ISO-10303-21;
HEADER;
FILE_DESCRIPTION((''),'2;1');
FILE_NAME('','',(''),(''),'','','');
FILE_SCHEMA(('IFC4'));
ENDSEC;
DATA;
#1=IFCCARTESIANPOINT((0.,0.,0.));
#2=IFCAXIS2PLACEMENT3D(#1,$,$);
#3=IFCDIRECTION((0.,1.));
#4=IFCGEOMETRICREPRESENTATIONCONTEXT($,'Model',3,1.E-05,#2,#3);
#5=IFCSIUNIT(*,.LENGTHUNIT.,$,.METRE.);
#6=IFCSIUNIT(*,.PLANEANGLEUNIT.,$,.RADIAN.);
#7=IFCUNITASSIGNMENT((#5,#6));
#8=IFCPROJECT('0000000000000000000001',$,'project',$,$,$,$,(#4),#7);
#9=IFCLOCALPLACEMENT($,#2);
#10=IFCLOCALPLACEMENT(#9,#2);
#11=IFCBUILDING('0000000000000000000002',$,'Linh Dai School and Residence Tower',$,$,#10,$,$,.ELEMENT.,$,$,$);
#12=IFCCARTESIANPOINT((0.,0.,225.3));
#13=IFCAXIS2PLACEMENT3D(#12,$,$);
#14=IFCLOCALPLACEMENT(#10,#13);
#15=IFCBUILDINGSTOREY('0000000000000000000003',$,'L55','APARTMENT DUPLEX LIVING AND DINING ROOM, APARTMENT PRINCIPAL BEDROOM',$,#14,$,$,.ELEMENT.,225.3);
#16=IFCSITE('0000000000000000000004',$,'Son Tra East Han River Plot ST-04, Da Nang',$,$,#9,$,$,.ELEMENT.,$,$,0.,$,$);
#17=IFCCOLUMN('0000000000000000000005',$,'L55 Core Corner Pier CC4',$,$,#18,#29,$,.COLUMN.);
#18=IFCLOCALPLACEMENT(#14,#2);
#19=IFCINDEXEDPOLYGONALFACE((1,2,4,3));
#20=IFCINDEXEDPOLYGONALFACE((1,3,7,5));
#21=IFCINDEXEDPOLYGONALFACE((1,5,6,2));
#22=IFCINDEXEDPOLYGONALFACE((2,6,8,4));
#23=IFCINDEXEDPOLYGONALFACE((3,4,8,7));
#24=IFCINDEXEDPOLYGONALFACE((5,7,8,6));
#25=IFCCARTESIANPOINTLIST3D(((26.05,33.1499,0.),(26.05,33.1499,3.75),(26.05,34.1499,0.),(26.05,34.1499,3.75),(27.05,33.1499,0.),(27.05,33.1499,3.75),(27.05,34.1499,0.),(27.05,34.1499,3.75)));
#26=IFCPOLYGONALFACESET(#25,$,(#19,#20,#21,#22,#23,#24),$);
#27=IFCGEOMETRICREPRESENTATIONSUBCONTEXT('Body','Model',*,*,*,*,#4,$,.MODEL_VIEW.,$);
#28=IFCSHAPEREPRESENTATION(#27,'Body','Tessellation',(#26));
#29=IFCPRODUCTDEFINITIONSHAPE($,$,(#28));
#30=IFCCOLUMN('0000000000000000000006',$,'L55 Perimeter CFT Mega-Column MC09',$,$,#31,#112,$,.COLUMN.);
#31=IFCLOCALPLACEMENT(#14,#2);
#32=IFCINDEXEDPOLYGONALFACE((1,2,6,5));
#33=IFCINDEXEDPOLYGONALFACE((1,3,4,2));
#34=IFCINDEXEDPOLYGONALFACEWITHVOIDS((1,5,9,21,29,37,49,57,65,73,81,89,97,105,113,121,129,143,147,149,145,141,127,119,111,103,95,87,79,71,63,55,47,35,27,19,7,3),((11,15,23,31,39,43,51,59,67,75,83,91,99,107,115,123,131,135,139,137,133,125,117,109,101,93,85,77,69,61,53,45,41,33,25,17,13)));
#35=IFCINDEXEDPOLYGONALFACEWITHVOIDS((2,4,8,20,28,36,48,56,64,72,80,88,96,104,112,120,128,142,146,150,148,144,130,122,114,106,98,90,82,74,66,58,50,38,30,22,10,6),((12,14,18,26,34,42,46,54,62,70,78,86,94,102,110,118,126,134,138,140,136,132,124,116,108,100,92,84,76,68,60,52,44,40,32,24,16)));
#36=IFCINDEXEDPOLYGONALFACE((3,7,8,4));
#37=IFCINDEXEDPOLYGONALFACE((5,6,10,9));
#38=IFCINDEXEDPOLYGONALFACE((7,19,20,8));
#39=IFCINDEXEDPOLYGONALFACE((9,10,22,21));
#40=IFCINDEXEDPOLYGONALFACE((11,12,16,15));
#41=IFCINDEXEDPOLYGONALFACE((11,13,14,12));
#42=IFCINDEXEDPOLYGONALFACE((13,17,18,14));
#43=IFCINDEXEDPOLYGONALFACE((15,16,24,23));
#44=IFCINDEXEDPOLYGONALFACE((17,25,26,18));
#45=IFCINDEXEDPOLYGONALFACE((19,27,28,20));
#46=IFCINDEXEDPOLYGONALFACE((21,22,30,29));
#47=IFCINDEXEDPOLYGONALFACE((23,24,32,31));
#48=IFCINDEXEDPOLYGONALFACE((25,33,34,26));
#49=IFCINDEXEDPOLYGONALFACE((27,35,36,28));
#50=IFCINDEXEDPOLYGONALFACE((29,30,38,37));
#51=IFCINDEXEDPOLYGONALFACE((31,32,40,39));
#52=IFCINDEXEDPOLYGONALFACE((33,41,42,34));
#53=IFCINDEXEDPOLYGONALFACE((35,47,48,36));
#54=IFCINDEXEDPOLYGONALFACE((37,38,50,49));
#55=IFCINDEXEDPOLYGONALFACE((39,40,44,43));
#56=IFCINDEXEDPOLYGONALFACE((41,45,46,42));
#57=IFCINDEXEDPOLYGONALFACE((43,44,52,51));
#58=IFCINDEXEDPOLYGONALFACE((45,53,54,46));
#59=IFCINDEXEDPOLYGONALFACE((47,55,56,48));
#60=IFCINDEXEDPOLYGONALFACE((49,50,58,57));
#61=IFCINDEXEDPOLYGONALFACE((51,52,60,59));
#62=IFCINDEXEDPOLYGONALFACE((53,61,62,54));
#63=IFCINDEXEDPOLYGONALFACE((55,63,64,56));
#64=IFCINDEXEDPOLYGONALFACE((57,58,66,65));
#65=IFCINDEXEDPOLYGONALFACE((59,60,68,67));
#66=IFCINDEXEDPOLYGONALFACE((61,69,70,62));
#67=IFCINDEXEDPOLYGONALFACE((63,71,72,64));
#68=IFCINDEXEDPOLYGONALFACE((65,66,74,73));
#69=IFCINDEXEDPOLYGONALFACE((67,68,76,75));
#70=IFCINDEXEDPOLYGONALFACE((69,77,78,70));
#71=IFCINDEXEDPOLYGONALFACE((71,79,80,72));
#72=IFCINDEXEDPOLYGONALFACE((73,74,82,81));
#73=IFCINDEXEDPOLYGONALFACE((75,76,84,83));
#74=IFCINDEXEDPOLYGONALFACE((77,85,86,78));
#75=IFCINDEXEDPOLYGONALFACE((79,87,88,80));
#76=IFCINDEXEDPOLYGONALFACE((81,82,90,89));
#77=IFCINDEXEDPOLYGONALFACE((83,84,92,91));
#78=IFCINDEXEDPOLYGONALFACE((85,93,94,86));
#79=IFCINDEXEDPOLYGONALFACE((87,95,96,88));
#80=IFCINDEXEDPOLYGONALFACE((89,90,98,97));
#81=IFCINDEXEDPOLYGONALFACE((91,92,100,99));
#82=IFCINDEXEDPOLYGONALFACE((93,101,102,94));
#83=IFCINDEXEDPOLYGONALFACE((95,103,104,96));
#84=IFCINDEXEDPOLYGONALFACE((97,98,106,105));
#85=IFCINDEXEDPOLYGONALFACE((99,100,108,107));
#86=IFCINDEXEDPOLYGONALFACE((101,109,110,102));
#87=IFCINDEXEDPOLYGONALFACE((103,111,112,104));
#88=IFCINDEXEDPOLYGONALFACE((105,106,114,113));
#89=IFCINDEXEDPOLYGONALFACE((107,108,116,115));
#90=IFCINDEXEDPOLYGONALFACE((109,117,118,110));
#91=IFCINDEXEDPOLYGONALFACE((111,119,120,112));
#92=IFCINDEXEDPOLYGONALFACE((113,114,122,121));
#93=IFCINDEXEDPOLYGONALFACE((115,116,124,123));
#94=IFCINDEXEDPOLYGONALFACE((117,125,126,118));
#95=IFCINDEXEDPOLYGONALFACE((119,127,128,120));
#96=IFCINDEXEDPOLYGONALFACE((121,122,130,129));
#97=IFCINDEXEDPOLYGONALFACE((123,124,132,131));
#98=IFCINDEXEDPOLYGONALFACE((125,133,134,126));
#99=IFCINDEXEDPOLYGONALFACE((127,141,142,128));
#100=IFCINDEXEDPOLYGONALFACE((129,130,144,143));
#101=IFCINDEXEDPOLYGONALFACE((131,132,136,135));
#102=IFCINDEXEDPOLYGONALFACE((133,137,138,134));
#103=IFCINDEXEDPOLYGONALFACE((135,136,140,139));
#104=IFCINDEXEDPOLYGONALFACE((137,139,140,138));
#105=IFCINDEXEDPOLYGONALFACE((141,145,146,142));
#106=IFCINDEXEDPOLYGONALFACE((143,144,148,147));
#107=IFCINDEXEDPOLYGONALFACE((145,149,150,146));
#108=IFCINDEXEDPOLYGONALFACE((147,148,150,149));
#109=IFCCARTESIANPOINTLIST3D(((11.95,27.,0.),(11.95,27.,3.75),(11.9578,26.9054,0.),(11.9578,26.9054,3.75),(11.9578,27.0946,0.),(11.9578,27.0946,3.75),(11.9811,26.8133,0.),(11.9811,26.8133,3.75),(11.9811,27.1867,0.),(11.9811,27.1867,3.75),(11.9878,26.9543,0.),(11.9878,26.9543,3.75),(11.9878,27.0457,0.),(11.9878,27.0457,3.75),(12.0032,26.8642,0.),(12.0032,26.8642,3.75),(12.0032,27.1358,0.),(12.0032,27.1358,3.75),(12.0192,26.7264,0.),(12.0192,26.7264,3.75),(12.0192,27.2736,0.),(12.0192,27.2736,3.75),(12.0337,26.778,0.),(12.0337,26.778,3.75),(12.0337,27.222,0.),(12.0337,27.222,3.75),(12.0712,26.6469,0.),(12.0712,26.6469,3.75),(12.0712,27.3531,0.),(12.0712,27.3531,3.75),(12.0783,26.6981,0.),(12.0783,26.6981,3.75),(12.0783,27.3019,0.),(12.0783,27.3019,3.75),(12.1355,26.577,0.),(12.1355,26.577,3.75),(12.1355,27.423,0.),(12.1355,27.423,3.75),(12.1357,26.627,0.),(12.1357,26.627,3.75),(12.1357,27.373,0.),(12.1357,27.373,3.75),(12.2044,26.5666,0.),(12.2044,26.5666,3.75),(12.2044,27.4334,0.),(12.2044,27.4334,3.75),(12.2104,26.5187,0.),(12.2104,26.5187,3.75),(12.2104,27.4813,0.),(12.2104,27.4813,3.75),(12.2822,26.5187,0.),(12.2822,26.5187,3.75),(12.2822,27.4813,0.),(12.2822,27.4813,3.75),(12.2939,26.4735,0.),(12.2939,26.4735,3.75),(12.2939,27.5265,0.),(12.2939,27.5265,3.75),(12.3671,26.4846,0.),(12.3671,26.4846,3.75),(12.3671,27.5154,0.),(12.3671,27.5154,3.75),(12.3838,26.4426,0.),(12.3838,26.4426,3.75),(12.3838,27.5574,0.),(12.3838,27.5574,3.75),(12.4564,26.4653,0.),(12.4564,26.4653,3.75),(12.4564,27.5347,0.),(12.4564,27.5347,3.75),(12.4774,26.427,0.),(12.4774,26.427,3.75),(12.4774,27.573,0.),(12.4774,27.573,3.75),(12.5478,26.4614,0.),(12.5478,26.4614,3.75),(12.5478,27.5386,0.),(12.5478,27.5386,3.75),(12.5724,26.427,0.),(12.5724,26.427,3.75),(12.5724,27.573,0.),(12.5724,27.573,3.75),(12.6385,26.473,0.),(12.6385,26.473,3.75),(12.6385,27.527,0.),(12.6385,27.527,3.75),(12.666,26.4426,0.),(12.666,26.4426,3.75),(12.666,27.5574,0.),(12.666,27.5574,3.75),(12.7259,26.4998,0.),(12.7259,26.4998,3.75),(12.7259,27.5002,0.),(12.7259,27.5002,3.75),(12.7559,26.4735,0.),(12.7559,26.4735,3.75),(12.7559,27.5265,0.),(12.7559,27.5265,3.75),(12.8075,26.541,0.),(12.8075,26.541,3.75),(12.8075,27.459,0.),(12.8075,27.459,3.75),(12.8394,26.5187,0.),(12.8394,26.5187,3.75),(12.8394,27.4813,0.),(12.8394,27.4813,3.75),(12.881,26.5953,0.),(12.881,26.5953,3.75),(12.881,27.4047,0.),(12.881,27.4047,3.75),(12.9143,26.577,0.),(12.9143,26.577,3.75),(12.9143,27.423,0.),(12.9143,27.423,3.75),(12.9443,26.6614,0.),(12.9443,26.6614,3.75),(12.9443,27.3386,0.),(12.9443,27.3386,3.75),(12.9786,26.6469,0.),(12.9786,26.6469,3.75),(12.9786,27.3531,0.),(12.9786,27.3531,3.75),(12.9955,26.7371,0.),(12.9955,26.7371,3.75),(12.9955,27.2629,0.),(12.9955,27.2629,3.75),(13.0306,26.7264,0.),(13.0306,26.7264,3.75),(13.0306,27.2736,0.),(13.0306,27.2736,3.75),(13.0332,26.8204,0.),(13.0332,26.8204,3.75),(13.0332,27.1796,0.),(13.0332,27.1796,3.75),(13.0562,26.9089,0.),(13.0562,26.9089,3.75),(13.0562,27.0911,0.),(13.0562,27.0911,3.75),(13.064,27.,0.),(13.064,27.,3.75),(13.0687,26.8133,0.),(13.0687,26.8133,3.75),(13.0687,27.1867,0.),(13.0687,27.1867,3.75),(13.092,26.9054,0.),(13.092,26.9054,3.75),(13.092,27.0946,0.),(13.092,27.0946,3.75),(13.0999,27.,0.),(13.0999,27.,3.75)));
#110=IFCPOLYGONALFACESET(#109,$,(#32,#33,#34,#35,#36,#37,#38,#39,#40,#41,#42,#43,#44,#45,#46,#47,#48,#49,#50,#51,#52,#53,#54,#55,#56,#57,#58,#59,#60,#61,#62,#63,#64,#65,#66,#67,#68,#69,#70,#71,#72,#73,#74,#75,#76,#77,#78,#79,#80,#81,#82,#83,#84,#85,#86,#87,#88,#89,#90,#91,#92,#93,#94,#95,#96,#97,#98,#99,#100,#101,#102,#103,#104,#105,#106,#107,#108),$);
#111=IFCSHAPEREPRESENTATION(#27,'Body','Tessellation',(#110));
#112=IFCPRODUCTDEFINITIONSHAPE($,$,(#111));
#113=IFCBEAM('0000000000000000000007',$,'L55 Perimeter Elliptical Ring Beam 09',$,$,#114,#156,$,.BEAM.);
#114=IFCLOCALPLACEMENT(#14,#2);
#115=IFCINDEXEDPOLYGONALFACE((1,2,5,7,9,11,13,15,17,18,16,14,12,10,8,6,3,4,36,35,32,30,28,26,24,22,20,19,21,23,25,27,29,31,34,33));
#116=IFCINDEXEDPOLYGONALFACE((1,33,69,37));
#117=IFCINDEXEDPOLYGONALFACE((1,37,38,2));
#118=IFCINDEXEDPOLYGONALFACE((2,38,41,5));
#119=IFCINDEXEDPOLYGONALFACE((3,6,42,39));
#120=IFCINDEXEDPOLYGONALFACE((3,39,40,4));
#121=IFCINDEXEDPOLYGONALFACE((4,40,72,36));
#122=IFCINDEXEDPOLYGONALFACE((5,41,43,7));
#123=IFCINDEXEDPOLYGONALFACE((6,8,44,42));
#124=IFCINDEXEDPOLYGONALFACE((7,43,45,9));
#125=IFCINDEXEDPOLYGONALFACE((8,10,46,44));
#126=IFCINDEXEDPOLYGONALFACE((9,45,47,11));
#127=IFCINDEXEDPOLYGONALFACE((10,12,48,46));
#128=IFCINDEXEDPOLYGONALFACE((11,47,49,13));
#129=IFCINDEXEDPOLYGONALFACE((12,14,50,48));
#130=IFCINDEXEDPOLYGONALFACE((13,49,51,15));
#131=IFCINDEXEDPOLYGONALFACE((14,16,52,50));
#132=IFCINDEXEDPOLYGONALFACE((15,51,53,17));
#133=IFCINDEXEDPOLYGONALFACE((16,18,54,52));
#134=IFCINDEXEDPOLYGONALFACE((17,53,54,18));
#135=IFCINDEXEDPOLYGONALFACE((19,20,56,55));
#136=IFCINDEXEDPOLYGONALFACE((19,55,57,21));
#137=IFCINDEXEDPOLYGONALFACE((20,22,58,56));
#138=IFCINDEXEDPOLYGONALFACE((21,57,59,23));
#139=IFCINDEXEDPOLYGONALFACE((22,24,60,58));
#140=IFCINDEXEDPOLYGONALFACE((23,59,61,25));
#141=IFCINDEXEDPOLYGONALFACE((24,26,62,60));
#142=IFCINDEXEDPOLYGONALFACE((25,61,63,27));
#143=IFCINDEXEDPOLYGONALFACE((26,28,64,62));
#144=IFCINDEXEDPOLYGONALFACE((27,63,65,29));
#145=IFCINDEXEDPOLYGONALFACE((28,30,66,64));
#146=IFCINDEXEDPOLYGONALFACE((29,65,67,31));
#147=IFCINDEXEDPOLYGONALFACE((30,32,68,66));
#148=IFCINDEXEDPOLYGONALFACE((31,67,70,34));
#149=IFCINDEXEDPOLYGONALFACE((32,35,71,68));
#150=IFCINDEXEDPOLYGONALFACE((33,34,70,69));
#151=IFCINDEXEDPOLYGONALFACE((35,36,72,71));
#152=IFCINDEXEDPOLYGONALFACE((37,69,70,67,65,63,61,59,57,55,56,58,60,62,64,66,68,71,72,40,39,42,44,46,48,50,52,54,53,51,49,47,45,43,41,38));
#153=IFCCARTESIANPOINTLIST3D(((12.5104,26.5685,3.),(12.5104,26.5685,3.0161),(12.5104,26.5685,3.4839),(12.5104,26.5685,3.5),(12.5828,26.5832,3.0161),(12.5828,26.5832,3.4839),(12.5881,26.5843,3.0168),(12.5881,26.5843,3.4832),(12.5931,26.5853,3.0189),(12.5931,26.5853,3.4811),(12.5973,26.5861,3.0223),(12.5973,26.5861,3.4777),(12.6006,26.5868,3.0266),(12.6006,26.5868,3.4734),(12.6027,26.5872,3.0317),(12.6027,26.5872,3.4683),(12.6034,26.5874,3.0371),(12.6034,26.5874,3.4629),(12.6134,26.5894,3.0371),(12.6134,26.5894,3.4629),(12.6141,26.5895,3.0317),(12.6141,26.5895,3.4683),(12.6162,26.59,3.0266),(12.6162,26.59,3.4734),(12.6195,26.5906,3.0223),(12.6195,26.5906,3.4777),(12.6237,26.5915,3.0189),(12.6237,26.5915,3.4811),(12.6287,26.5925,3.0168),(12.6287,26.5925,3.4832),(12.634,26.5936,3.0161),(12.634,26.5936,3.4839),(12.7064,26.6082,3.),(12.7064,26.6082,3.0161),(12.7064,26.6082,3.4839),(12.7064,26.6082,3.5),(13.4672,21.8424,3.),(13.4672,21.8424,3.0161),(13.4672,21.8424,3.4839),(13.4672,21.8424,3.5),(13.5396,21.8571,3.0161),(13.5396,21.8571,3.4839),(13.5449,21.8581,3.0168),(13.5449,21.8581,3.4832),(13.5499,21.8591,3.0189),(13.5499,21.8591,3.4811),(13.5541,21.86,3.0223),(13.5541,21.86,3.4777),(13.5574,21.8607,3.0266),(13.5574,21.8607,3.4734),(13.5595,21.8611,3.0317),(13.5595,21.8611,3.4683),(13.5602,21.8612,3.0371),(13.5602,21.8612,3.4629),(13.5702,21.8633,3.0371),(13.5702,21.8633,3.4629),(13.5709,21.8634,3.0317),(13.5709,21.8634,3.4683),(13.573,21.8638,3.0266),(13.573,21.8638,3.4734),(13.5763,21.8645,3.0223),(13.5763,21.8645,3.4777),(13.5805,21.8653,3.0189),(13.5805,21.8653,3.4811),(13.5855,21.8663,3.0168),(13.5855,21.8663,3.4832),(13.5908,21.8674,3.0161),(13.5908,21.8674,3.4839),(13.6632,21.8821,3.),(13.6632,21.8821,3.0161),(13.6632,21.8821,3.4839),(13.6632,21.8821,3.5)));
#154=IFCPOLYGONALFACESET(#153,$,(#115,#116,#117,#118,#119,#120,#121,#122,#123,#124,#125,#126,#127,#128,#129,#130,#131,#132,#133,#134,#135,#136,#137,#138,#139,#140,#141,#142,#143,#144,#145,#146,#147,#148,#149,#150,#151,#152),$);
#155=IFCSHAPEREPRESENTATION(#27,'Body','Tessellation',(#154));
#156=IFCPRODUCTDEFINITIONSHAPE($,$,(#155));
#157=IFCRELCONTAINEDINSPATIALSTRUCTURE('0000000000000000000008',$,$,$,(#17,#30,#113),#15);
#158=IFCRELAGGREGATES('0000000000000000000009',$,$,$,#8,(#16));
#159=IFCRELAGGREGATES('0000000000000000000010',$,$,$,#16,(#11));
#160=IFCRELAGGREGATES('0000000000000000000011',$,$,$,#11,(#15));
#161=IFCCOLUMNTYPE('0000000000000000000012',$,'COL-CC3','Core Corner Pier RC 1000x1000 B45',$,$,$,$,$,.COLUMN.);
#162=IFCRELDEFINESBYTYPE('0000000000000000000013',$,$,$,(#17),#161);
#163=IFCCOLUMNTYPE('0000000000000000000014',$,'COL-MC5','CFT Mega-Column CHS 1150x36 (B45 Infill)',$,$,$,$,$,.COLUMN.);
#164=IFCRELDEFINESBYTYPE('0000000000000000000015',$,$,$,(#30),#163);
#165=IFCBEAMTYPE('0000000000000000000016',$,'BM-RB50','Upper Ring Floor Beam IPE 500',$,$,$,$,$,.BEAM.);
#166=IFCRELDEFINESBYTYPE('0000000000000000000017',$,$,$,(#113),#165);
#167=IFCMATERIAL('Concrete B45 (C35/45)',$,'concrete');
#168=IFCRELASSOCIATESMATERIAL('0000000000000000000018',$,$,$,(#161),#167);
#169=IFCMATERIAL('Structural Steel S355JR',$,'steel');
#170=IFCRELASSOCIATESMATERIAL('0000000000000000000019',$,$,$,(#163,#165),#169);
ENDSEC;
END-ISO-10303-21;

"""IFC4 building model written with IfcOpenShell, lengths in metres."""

from ifc_helpers import new_model, si_unit, direction, frame, origin, origin_2d, place, context, subcontext, project, spatial, rectangle, hollow_circle, i_section, extrude, material, material_profile, profile_set, type_object, element, save


model = new_model("IFC4")

# Units and contexts
model_context = context("Model", 3, precision=1e-05, world=origin(), true_north=direction((0.0, 1.0)))
body_context = subcontext(model_context, "Body", "Model", "MODEL_VIEW")
ifc_project = project(units=[si_unit("LENGTHUNIT", "METRE"), si_unit("PLANEANGLEUNIT", "RADIAN")], contexts=[model_context])

# Site, building, storey
site_placement = place(None, origin())
site = spatial("IfcSite", under=ifc_project, at=site_placement, Name="Son Tra East Han River Plot ST-04, Da Nang", CompositionType="ELEMENT", RefElevation=0.0)
building_placement = place(site_placement, origin())
building = spatial("IfcBuilding", under=site, at=building_placement, Name="Linh Dai School and Residence Tower", CompositionType="ELEMENT")
storey_placement = place(building_placement, frame((0.0, 0.0, 225.3)))
storey = spatial("IfcBuildingStorey", under=building, at=storey_placement, Name="L55", Description="APARTMENT DUPLEX LIVING AND DINING ROOM, APARTMENT PRINCIPAL BEDROOM", CompositionType="ELEMENT", Elevation=225.3)

# Columns
ifc_material_1 = material(Name="Concrete B45 (C35/45)", Category="concrete")
ifc_material_profile_1 = material_profile(ifc_material_1, rectangle(XDim=1.0, YDim=1.0, at=origin_2d()), Name="RC 1000x1000")
ifc_profile_set_1 = profile_set([ifc_material_profile_1], Name="Concrete B45 (C35/45)")
column_type_1 = type_object("IfcColumnType", Name="COL-CC3", Description="Core Corner Pier RC 1000x1000 B45", PredefinedType="COLUMN", material=ifc_profile_set_1)
column_1_placement = place(storey_placement, frame((26.55, 33.6499, 0.0), z_axis=(0.0, 0.0, 1.0), x_axis=(1.0, 0.0, 0.0)))
element("IfcColumn", 1, at=column_1_placement, inside=storey, type_object=column_type_1, Name="L55 Core Corner Pier CC4", PredefinedType="COLUMN", context=body_context, shape_type="SweptSolid", body=[
    extrude(rectangle(XDim=1.0, YDim=1.0, at=origin_2d()), origin(), (0.0, 0.0, 1.0), 3.75),
])
ifc_material_2 = material(Name="Structural Steel S355JR", Category="steel")
ifc_material_profile_2 = material_profile(ifc_material_2, hollow_circle(Radius=0.575, WallThickness=0.0359, at=origin_2d()), Name="CHS 1150x36")
ifc_profile_set_2 = profile_set([ifc_material_profile_2], Name="Structural Steel S355JR")
column_type_2 = type_object("IfcColumnType", Name="COL-MC5", Description="CFT Mega-Column CHS 1150x36 (B45 Infill)", PredefinedType="COLUMN", material=ifc_profile_set_2)
column_2_placement = place(storey_placement, frame((12.5249, 27.0, 0.0), z_axis=(0.0, 0.0, 1.0), x_axis=(1.0, 0.0, 0.0)))
element("IfcColumn", 2, at=column_2_placement, inside=storey, type_object=column_type_2, Name="L55 Perimeter CFT Mega-Column MC09", PredefinedType="COLUMN", context=body_context, shape_type="SweptSolid", body=[
    extrude(hollow_circle(Radius=0.575, WallThickness=0.0359, at=origin_2d()), origin(), (0.0, 0.0, 1.0), 3.75),
])

# Beam
ifc_material_profile_3 = material_profile(ifc_material_2, i_section(OverallWidth=0.2, OverallDepth=0.5, WebThickness=0.0103, FlangeThickness=0.0161, FilletRadius=0.021, at=origin_2d()), Name="IPE 500")
ifc_profile_set_3 = profile_set([ifc_material_profile_3], Name="Structural Steel S355JR")
beam_type_1 = type_object("IfcBeamType", Name="BM-RB50", Description="Upper Ring Floor Beam IPE 500", PredefinedType="BEAM", material=ifc_profile_set_3)
beam_1_placement = place(storey_placement, frame((12.6084, 26.5884, 3.25), z_axis=(0.198423, -0.980116, 0.0), x_axis=(0.980116, 0.198423, 0.0)))
element("IfcBeam", 3, at=beam_1_placement, inside=storey, type_object=beam_type_1, Name="L55 Perimeter Elliptical Ring Beam 09", PredefinedType="BEAM", context=body_context, shape_type="SweptSolid", body=[
    extrude(i_section(OverallWidth=0.2, OverallDepth=0.5, WebThickness=0.0103, FlangeThickness=0.0161, FilletRadius=0.021, at=origin_2d()), origin(), (0.0, 0.0, 1.0), 4.822),
])

save(model, "model.ifc")
